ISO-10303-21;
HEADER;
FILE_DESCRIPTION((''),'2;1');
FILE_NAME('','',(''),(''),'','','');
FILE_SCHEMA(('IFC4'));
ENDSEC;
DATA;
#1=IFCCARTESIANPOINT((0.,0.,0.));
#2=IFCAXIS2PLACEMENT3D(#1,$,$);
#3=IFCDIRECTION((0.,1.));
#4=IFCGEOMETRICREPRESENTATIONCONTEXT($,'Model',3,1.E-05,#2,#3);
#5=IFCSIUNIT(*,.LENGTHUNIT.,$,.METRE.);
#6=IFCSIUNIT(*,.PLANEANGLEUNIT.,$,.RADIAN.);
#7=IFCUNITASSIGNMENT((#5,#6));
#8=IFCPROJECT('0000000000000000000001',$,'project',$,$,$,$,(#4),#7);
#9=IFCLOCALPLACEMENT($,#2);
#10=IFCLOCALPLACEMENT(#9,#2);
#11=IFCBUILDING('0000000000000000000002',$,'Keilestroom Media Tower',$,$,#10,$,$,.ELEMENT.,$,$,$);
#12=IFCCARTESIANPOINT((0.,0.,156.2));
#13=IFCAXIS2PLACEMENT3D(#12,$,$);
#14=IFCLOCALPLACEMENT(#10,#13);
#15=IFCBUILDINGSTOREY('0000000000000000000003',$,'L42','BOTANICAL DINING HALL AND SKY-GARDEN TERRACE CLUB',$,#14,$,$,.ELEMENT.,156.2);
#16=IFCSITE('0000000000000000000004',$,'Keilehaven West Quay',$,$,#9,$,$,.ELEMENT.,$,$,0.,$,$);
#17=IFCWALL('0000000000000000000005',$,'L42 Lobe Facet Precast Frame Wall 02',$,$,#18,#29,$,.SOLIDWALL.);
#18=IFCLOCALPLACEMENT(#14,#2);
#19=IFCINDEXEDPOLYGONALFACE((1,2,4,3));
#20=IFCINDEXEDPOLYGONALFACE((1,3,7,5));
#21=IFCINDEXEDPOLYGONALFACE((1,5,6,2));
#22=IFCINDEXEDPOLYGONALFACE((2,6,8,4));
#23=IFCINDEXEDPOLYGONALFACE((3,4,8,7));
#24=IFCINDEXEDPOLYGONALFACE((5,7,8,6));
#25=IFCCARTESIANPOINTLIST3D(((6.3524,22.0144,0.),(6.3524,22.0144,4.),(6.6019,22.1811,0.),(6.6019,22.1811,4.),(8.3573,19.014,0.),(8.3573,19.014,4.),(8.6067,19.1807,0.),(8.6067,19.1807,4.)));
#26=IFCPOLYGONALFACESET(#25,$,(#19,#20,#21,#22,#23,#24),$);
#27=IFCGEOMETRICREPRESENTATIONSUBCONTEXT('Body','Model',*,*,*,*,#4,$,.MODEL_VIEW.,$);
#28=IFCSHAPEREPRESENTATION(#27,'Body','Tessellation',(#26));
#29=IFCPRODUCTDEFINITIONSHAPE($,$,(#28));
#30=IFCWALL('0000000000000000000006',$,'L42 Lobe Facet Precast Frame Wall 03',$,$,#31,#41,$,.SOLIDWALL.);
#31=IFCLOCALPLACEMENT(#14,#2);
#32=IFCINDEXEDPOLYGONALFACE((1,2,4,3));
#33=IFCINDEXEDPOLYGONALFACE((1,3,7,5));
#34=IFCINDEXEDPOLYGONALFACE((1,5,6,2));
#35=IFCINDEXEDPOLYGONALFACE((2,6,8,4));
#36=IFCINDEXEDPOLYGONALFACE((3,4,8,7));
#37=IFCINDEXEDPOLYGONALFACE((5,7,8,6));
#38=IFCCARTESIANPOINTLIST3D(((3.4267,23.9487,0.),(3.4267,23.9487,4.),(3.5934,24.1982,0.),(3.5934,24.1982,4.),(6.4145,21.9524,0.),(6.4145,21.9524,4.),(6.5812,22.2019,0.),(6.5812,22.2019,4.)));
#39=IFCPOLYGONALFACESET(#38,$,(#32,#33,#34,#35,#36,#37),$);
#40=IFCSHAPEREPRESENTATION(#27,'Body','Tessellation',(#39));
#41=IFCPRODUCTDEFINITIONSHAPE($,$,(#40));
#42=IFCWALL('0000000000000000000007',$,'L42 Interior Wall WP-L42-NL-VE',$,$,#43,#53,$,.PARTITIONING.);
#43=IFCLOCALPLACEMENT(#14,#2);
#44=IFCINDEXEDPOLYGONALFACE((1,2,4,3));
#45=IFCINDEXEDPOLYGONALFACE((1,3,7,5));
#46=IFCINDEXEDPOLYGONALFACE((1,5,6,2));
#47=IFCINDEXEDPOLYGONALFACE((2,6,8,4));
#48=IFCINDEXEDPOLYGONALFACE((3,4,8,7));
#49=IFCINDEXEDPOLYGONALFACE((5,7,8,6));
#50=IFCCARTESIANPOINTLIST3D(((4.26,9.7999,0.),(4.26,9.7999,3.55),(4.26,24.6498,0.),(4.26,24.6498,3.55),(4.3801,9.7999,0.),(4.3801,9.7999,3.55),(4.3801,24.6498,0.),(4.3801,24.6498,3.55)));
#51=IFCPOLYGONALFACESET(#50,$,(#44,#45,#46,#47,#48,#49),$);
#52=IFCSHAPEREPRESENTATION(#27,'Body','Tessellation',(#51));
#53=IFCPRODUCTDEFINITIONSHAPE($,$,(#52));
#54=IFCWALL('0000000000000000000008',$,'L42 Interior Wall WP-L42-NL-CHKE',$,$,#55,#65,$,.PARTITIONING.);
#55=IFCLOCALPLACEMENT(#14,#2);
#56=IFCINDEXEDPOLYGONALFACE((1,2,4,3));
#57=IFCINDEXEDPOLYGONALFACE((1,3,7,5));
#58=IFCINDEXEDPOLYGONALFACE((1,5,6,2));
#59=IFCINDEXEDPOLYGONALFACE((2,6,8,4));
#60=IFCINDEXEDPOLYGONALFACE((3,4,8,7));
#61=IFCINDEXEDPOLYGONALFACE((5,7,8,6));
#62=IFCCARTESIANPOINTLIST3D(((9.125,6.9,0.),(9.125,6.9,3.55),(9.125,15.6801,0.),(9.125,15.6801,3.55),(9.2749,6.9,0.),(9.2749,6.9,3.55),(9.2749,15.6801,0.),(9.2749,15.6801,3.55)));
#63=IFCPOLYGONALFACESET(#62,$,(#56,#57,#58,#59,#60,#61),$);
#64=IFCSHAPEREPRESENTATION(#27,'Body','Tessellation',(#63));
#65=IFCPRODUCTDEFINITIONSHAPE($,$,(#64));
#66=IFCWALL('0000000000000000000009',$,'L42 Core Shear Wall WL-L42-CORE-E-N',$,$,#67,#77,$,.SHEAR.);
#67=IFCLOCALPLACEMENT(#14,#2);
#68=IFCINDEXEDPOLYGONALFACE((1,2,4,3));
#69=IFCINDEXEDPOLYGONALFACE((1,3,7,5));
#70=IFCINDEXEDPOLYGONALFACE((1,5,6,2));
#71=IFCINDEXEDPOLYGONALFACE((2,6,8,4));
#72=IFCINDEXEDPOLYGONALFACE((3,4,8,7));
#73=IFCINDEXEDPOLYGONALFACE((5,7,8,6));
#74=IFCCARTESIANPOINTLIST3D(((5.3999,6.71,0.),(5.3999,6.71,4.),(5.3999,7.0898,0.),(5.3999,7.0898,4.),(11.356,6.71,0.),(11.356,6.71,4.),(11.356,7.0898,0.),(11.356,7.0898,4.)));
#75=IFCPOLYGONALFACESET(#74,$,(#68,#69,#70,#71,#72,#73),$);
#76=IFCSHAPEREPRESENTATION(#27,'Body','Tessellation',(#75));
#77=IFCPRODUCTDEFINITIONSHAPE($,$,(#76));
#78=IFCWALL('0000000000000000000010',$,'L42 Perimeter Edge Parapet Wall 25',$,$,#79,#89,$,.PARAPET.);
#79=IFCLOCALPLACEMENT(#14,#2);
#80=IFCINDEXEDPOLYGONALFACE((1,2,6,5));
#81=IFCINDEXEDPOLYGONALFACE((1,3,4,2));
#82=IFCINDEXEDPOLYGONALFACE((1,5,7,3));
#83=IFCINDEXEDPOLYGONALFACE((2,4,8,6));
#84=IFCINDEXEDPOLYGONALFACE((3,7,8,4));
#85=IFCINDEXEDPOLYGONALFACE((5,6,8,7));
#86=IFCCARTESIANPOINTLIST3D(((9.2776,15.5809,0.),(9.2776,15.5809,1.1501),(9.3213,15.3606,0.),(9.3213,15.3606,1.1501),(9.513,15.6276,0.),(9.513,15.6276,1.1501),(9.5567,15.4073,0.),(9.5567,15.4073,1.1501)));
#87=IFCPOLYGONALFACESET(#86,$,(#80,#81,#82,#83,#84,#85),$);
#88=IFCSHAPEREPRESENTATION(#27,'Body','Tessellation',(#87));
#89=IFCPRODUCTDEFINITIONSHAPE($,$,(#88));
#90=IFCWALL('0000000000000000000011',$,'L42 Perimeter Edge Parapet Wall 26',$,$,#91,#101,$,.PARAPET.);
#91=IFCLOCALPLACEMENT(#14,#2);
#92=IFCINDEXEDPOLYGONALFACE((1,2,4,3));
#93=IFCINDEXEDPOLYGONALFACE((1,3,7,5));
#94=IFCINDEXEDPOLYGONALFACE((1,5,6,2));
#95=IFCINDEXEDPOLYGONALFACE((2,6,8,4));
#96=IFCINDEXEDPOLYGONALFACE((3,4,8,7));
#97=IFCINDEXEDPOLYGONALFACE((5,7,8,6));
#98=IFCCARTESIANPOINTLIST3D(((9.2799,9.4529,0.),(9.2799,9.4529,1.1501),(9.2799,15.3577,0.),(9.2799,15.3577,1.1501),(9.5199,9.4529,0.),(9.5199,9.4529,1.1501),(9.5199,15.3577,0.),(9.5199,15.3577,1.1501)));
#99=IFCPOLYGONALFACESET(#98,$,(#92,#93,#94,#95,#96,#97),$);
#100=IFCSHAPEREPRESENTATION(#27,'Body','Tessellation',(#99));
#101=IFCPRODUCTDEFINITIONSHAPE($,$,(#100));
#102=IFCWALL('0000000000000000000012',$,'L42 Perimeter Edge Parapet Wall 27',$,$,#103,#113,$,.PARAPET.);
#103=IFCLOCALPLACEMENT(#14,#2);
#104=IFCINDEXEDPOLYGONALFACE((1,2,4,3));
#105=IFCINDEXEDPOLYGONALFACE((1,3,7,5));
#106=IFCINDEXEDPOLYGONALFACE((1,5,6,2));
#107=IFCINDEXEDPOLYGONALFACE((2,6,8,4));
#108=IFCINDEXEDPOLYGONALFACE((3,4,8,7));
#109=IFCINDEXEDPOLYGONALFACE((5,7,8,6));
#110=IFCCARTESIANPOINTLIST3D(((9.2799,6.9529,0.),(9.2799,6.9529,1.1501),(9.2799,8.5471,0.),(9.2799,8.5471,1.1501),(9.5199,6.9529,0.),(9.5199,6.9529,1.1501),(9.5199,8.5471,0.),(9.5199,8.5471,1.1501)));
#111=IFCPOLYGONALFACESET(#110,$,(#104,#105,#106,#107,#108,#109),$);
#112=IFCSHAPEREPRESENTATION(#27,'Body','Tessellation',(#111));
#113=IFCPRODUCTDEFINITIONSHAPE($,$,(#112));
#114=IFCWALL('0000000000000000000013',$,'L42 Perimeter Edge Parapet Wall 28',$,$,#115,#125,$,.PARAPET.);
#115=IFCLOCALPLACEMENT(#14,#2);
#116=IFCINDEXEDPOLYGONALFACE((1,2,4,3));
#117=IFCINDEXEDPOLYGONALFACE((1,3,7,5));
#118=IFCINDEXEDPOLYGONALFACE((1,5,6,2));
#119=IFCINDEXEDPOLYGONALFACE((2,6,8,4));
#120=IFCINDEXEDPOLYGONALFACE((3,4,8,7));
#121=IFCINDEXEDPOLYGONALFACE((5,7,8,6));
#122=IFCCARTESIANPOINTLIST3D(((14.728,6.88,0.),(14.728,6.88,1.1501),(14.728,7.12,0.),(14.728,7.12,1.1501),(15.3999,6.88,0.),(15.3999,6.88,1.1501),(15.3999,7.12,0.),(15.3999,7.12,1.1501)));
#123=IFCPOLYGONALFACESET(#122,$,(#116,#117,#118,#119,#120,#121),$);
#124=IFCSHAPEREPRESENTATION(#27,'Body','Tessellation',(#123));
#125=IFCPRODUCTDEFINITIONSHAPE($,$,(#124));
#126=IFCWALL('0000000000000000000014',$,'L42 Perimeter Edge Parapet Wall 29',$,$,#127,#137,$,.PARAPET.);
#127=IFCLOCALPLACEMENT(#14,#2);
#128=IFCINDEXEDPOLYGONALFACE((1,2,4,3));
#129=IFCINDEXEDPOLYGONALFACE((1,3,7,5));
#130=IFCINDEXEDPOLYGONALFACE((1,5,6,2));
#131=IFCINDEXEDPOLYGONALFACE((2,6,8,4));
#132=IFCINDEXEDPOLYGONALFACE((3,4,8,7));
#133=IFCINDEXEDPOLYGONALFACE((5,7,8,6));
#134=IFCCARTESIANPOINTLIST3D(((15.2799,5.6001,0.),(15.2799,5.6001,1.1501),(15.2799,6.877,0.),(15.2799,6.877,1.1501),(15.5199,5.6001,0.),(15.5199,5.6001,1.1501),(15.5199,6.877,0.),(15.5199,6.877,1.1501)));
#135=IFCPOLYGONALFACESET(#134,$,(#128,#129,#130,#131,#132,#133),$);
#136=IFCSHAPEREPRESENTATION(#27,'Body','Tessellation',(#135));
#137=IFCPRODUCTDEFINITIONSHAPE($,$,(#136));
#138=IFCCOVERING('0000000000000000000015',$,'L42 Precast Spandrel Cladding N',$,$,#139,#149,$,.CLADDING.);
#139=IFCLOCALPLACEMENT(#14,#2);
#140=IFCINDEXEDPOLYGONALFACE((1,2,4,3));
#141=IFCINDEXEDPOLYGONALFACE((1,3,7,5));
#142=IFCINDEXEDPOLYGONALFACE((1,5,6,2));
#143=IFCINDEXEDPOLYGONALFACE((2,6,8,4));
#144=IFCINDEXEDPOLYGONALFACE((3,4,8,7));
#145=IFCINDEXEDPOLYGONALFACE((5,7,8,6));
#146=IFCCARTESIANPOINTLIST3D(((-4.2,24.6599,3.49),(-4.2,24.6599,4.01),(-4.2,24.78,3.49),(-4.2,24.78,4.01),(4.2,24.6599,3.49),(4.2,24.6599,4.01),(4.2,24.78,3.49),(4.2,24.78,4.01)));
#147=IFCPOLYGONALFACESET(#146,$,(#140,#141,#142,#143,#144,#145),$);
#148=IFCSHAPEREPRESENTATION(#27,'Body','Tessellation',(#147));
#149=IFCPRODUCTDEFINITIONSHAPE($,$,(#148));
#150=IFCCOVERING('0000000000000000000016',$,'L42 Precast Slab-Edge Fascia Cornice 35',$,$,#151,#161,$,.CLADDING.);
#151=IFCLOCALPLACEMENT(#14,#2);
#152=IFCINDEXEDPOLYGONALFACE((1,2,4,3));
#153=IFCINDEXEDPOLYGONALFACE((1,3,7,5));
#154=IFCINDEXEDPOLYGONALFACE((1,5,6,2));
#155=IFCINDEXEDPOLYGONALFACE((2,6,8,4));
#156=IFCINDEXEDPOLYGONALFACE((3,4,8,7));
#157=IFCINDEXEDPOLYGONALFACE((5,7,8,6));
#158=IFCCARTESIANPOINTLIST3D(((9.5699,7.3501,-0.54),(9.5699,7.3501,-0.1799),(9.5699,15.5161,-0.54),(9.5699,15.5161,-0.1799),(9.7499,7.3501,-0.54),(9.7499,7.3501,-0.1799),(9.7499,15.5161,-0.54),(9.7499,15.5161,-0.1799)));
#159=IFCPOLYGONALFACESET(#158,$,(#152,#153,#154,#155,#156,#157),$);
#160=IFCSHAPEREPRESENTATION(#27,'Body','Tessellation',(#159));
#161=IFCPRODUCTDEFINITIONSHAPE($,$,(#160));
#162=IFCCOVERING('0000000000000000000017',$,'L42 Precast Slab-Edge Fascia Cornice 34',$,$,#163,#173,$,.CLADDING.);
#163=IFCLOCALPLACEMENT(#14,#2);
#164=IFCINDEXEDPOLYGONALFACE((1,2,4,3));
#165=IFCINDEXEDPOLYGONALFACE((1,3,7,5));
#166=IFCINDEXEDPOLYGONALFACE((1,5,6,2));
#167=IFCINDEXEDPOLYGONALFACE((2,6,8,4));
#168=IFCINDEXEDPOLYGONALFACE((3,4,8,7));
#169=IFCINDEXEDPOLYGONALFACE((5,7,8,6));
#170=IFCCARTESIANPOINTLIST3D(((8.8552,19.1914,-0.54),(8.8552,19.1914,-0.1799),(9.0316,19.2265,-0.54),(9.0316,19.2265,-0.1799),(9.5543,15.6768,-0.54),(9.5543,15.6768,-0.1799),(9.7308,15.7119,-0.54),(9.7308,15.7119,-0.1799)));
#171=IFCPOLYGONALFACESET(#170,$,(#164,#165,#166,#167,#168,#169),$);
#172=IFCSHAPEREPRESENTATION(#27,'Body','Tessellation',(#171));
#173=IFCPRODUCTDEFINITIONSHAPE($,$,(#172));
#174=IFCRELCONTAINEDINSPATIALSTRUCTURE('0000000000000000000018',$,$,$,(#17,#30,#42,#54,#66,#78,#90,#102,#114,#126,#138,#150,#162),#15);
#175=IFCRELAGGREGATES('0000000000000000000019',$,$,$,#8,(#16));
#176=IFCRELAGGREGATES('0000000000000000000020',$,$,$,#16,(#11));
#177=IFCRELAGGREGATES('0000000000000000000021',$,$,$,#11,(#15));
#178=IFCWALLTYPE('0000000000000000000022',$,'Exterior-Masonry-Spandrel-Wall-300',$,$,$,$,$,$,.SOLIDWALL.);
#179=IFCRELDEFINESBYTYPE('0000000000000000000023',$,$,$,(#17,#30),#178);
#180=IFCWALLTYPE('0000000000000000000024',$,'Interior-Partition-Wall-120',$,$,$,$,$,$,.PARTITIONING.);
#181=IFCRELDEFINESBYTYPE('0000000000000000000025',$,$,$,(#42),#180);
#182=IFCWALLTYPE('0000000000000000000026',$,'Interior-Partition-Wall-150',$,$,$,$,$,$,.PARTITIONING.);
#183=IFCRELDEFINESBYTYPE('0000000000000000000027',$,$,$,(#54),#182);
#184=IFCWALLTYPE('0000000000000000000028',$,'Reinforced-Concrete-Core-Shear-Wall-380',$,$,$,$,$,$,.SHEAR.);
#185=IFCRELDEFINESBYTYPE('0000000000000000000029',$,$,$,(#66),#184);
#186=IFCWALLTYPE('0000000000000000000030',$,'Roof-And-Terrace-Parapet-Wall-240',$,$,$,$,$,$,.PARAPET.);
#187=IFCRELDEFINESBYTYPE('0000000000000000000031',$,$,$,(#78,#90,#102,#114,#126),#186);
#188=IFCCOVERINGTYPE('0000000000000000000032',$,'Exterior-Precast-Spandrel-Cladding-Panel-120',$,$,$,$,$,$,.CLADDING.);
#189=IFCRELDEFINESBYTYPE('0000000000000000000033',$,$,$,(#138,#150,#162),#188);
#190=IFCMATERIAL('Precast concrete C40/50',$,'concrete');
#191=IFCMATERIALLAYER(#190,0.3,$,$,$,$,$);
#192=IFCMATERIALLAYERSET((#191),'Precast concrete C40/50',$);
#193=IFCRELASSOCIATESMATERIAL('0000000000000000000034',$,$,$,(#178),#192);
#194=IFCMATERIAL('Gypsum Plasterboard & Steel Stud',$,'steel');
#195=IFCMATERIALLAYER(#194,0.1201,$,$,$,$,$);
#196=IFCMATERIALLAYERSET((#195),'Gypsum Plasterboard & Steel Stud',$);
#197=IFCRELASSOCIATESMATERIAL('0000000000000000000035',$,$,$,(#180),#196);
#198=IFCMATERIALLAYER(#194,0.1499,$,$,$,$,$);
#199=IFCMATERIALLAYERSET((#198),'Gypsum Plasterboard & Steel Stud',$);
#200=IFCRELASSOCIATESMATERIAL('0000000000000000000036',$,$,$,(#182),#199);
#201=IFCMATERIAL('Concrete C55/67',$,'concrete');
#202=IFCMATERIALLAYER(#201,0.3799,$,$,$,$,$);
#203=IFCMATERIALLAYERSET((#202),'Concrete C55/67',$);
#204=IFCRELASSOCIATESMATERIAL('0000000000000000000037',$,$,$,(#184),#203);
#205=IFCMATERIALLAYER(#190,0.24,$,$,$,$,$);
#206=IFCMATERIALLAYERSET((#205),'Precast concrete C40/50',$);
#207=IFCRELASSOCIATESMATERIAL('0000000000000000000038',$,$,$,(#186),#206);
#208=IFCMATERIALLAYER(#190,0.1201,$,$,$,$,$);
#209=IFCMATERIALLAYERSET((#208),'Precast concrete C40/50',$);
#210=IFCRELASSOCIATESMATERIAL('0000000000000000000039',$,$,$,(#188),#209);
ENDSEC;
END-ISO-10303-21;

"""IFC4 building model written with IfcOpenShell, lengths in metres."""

from ifc_helpers import new_model, si_unit, direction, frame, frame_2d, origin, origin_2d, place, context, subcontext, project, spatial, rectangle, extrude, source, transform, mapped, material, layer, layer_set, type_object, element, save


model = new_model("IFC4")

# Units and contexts
model_context = context("Model", 3, precision=1e-05, world=origin(), true_north=direction((0.0, 1.0)))
body_context = subcontext(model_context, "Body", "Model", "MODEL_VIEW")
ifc_project = project(units=[si_unit("LENGTHUNIT", "METRE"), si_unit("PLANEANGLEUNIT", "RADIAN")], contexts=[model_context])

# Site, building, storey
site_placement = place(None, origin())
site = spatial("IfcSite", under=ifc_project, at=site_placement, Name="Keilehaven West Quay", CompositionType="ELEMENT", RefElevation=0.0)
building_placement = place(site_placement, origin())
building = spatial("IfcBuilding", under=site, at=building_placement, Name="Keilestroom Media Tower", CompositionType="ELEMENT")
storey_placement = place(building_placement, frame((0.0, 0.0, 156.2)))
storey = spatial("IfcBuildingStorey", under=building, at=storey_placement, Name="L42", Description="BOTANICAL DINING HALL AND SKY-GARDEN TERRACE CLUB", CompositionType="ELEMENT", Elevation=156.2)

# Shared definitions
ifc_material_1 = material(Name="Precast concrete C40/50", Category="concrete")
ifc_material_2 = material(Name="Concrete C55/67", Category="concrete")

# Walls
ifc_layer_1 = layer(ifc_material_1, 0.3)
ifc_layer_set_1 = layer_set([ifc_layer_1], Name="Precast concrete C40/50")
wall_type_1 = type_object("IfcWallType", Name="Exterior-Masonry-Spandrel-Wall-300", PredefinedType="SOLIDWALL", material=ifc_layer_set_1)
for number, where, z_axis, x_axis, name in (
    (1, (8.4819, 19.0974, 0.0), (0.0, 0.0, 1.0), (-0.555574, 0.831467, 0.0), "L42 Lobe Facet Precast Frame Wall 02"),
):
    element("IfcWall", number, at=place(storey_placement, frame(where, z_axis=z_axis, x_axis=x_axis)), inside=storey, type_object=wall_type_1, Name=name, PredefinedType="SOLIDWALL", context=body_context, shape_type="SweptSolid", body=[
        extrude(rectangle(XDim=3.6086, YDim=0.3, at=frame_2d((1.8042, 0.0))), origin(), (0.0, 0.0, 1.0), 4.0),
    ])
wall_1_placement = place(storey_placement, frame((6.4978, 22.0771, 0.0), z_axis=(0.0, 0.0, 1.0), x_axis=(-0.831475, 0.555562, 0.0)))
element("IfcWall", 2, at=wall_1_placement, inside=storey, type_object=wall_type_1, Name="L42 Lobe Facet Precast Frame Wall 03", PredefinedType="SOLIDWALL", context=body_context, shape_type="SweptSolid", body=[
    extrude(rectangle(XDim=3.5933, YDim=0.3, at=frame_2d((1.7966, 0.0))), origin(), (0.0, 0.0, 1.0), 4.0),
])
ifc_material_3 = material(Name="Gypsum Plasterboard & Steel Stud", Category="steel")
ifc_layer_2 = layer(ifc_material_3, 0.1201)
ifc_layer_set_2 = layer_set([ifc_layer_2], Name="Gypsum Plasterboard & Steel Stud")
wall_type_2 = type_object("IfcWallType", Name="Interior-Partition-Wall-120", PredefinedType="PARTITIONING", material=ifc_layer_set_2)
wall_2_placement = place(storey_placement, frame((4.3201, 9.8, 0.0), z_axis=(0.0, 0.0, 1.0), x_axis=(0.0, 1.0, 0.0)))
element("IfcWall", 3, at=wall_2_placement, inside=storey, type_object=wall_type_2, Name="L42 Interior Wall WP-L42-NL-VE", PredefinedType="PARTITIONING", context=body_context, shape_type="SweptSolid", body=[
    extrude(rectangle(XDim=14.8499, YDim=0.1201, at=frame_2d((7.4248, 0.0))), origin(), (0.0, 0.0, 1.0), 3.55),
])
ifc_layer_3 = layer(ifc_material_3, 0.1499)
ifc_layer_set_3 = layer_set([ifc_layer_3], Name="Gypsum Plasterboard & Steel Stud")
wall_type_3 = type_object("IfcWallType", Name="Interior-Partition-Wall-150", PredefinedType="PARTITIONING", material=ifc_layer_set_3)
wall_3_placement = place(storey_placement, frame((9.2, 6.8999, 0.0), z_axis=(0.0, 0.0, 1.0), x_axis=(0.0, 1.0, 0.0)))
element("IfcWall", 4, at=wall_3_placement, inside=storey, type_object=wall_type_3, Name="L42 Interior Wall WP-L42-NL-CHKE", PredefinedType="PARTITIONING", context=body_context, shape_type="SweptSolid", body=[
    extrude(rectangle(XDim=8.78, YDim=0.1499, at=frame_2d((4.3901, 0.0))), origin(), (0.0, 0.0, 1.0), 3.55),
])
ifc_layer_4 = layer(ifc_material_2, 0.3799)
ifc_layer_set_4 = layer_set([ifc_layer_4], Name="Concrete C55/67")
wall_type_4 = type_object("IfcWallType", Name="Reinforced-Concrete-Core-Shear-Wall-380", PredefinedType="SHEAR", material=ifc_layer_set_4)
wall_4_placement = place(storey_placement, frame((5.3999, 6.8999, 0.0), z_axis=(0.0, 0.0, 1.0), x_axis=(1.0, 0.0, 0.0)))
element("IfcWall", 5, at=wall_4_placement, inside=storey, type_object=wall_type_4, Name="L42 Core Shear Wall WL-L42-CORE-E-N", PredefinedType="SHEAR", context=body_context, shape_type="SweptSolid", body=[
    extrude(rectangle(XDim=5.9561, YDim=0.3799, at=frame_2d((2.978, 0.0))), origin(), (0.0, 0.0, 1.0), 4.0),
])
ifc_layer_5 = layer(ifc_material_1, 0.24)
ifc_layer_set_5 = layer_set([ifc_layer_5], Name="Precast concrete C40/50")
wall_type_5 = type_object("IfcWallType", Name="Roof-And-Terrace-Parapet-Wall-240", PredefinedType="PARAPET", material=ifc_layer_set_5)
wall_5_placement = place(storey_placement, frame((9.3953, 15.6042, 0.0), z_axis=(0.0, 0.0, 1.0), x_axis=(0.194652, -0.980872, 0.0)))
element("IfcWall", 6, at=wall_5_placement, inside=storey, type_object=wall_type_5, Name="L42 Perimeter Edge Parapet Wall 25", PredefinedType="PARAPET", context=body_context, shape_type="SweptSolid", body=[
    extrude(rectangle(XDim=0.2246, YDim=0.24, at=frame_2d((0.1123, 0.0))), origin(), (0.0, 0.0, 1.0), 1.1501),
])
wall_6_placement = place(storey_placement, frame((9.3999, 15.3577, 0.0), z_axis=(0.0, 0.0, 1.0), x_axis=(0.0, -1.0, 0.0)))
element("IfcWall", 7, at=wall_6_placement, inside=storey, type_object=wall_type_5, Name="L42 Perimeter Edge Parapet Wall 26", PredefinedType="PARAPET", context=body_context, shape_type="SweptSolid", body=[
    extrude(rectangle(XDim=5.9048, YDim=0.24, at=frame_2d((2.9524, 0.0))), origin(), (0.0, 0.0, 1.0), 1.1501),
])
wall_7_placement = place(storey_placement, frame((9.3999, 8.5471, 0.0), z_axis=(0.0, 0.0, 1.0), x_axis=(0.0, -1.0, 0.0)))
element("IfcWall", 8, at=wall_7_placement, inside=storey, type_object=wall_type_5, Name="L42 Perimeter Edge Parapet Wall 27", PredefinedType="PARAPET", context=body_context, shape_type="SweptSolid", body=[
    extrude(rectangle(XDim=1.5942, YDim=0.24, at=frame_2d((0.7971, 0.0))), origin(), (0.0, 0.0, 1.0), 1.1501),
])
wall_8_placement = place(storey_placement, frame((14.728, 7.0, 0.0), z_axis=(0.0, 0.0, 1.0), x_axis=(1.0, 0.0, 0.0)))
element("IfcWall", 9, at=wall_8_placement, inside=storey, type_object=wall_type_5, Name="L42 Perimeter Edge Parapet Wall 28", PredefinedType="PARAPET", context=body_context, shape_type="SweptSolid", body=[
    extrude(rectangle(XDim=0.6719, YDim=0.24, at=frame_2d((0.3359, 0.0))), origin(), (0.0, 0.0, 1.0), 1.1501),
])
wall_9_placement = place(storey_placement, frame((15.3999, 6.877, 0.0), z_axis=(0.0, 0.0, 1.0), x_axis=(0.0, -1.0, 0.0)))
element("IfcWall", 10, at=wall_9_placement, inside=storey, type_object=wall_type_5, Name="L42 Perimeter Edge Parapet Wall 29", PredefinedType="PARAPET", context=body_context, shape_type="SweptSolid", body=[
    extrude(rectangle(XDim=1.2769, YDim=0.24, at=frame_2d((0.6384, 0.0))), origin(), (0.0, 0.0, 1.0), 1.1501),
])

# Coverings
ifc_layer_6 = layer(ifc_material_1, 0.1201)
ifc_layer_set_6 = layer_set([ifc_layer_6], Name="Precast concrete C40/50")
covering_type = type_object("IfcCoveringType", Name="Exterior-Precast-Spandrel-Cladding-Panel-120", PredefinedType="CLADDING", material=ifc_layer_set_6)
shared_shape_1 = source(origin(), body_context, "Body", "SweptSolid", [
    extrude(rectangle(XDim=8.3999, YDim=0.1201, at=origin_2d()), origin(), (0.0, 0.0, 1.0), 0.52),
])
covering_1_placement = place(storey_placement, frame((0.0, 24.72, 3.49), z_axis=(0.0, 0.0, 1.0), x_axis=(1.0, 0.0, 0.0)))
element("IfcCovering", 11, at=covering_1_placement, inside=storey, type_object=covering_type, Name="L42 Precast Spandrel Cladding N", PredefinedType="CLADDING", context=body_context, shape_type="MappedRepresentation", body=[
    mapped(shared_shape_1, transform((0.0, 0.0, 0.0), x_axis=(1.0, 0.0, 0.0), y_axis=(0.0, 1.0, 0.0), z_axis=(0.0, 0.0, 1.0), scale=1.0)),
])
shared_shape_2 = source(origin(), body_context, "Body", "SweptSolid", [
    extrude(rectangle(XDim=8.166, YDim=0.1799, at=origin_2d()), origin(), (0.0, 0.0, 1.0), 0.3601),
])
covering_2_placement = place(storey_placement, frame((9.6599, 11.4331, -0.54), z_axis=(0.0, 0.0, 1.0), x_axis=(0.0, -1.0, 0.0)))
element("IfcCovering", 12, at=covering_2_placement, inside=storey, type_object=covering_type, Name="L42 Precast Slab-Edge Fascia Cornice 35", PredefinedType="CLADDING", context=body_context, shape_type="MappedRepresentation", body=[
    mapped(shared_shape_2, transform((0.0, 0.0, 0.0), x_axis=(1.0, 0.0, 0.0), y_axis=(0.0, 1.0, 0.0), z_axis=(0.0, 0.0, 1.0), scale=1.0)),
])
shared_shape_3 = source(origin(), body_context, "Body", "SweptSolid", [
    extrude(rectangle(XDim=3.5835, YDim=0.1799, at=origin_2d()), origin(), (0.0, 0.0, 1.0), 0.3601),
])
covering_3_placement = place(storey_placement, frame((9.293, 17.4517, -0.54), z_axis=(0.0, 0.0, 1.0), x_axis=(0.195099, -0.980784, 0.0)))
element("IfcCovering", 13, at=covering_3_placement, inside=storey, type_object=covering_type, Name="L42 Precast Slab-Edge Fascia Cornice 34", PredefinedType="CLADDING", context=body_context, shape_type="MappedRepresentation", body=[
    mapped(shared_shape_3, transform((0.0, 0.0, 0.0), x_axis=(1.0, 0.0, 0.0), y_axis=(0.0, 1.0, 0.0), z_axis=(0.0, 0.0, 1.0), scale=1.0)),
])

save(model, "model.ifc")
